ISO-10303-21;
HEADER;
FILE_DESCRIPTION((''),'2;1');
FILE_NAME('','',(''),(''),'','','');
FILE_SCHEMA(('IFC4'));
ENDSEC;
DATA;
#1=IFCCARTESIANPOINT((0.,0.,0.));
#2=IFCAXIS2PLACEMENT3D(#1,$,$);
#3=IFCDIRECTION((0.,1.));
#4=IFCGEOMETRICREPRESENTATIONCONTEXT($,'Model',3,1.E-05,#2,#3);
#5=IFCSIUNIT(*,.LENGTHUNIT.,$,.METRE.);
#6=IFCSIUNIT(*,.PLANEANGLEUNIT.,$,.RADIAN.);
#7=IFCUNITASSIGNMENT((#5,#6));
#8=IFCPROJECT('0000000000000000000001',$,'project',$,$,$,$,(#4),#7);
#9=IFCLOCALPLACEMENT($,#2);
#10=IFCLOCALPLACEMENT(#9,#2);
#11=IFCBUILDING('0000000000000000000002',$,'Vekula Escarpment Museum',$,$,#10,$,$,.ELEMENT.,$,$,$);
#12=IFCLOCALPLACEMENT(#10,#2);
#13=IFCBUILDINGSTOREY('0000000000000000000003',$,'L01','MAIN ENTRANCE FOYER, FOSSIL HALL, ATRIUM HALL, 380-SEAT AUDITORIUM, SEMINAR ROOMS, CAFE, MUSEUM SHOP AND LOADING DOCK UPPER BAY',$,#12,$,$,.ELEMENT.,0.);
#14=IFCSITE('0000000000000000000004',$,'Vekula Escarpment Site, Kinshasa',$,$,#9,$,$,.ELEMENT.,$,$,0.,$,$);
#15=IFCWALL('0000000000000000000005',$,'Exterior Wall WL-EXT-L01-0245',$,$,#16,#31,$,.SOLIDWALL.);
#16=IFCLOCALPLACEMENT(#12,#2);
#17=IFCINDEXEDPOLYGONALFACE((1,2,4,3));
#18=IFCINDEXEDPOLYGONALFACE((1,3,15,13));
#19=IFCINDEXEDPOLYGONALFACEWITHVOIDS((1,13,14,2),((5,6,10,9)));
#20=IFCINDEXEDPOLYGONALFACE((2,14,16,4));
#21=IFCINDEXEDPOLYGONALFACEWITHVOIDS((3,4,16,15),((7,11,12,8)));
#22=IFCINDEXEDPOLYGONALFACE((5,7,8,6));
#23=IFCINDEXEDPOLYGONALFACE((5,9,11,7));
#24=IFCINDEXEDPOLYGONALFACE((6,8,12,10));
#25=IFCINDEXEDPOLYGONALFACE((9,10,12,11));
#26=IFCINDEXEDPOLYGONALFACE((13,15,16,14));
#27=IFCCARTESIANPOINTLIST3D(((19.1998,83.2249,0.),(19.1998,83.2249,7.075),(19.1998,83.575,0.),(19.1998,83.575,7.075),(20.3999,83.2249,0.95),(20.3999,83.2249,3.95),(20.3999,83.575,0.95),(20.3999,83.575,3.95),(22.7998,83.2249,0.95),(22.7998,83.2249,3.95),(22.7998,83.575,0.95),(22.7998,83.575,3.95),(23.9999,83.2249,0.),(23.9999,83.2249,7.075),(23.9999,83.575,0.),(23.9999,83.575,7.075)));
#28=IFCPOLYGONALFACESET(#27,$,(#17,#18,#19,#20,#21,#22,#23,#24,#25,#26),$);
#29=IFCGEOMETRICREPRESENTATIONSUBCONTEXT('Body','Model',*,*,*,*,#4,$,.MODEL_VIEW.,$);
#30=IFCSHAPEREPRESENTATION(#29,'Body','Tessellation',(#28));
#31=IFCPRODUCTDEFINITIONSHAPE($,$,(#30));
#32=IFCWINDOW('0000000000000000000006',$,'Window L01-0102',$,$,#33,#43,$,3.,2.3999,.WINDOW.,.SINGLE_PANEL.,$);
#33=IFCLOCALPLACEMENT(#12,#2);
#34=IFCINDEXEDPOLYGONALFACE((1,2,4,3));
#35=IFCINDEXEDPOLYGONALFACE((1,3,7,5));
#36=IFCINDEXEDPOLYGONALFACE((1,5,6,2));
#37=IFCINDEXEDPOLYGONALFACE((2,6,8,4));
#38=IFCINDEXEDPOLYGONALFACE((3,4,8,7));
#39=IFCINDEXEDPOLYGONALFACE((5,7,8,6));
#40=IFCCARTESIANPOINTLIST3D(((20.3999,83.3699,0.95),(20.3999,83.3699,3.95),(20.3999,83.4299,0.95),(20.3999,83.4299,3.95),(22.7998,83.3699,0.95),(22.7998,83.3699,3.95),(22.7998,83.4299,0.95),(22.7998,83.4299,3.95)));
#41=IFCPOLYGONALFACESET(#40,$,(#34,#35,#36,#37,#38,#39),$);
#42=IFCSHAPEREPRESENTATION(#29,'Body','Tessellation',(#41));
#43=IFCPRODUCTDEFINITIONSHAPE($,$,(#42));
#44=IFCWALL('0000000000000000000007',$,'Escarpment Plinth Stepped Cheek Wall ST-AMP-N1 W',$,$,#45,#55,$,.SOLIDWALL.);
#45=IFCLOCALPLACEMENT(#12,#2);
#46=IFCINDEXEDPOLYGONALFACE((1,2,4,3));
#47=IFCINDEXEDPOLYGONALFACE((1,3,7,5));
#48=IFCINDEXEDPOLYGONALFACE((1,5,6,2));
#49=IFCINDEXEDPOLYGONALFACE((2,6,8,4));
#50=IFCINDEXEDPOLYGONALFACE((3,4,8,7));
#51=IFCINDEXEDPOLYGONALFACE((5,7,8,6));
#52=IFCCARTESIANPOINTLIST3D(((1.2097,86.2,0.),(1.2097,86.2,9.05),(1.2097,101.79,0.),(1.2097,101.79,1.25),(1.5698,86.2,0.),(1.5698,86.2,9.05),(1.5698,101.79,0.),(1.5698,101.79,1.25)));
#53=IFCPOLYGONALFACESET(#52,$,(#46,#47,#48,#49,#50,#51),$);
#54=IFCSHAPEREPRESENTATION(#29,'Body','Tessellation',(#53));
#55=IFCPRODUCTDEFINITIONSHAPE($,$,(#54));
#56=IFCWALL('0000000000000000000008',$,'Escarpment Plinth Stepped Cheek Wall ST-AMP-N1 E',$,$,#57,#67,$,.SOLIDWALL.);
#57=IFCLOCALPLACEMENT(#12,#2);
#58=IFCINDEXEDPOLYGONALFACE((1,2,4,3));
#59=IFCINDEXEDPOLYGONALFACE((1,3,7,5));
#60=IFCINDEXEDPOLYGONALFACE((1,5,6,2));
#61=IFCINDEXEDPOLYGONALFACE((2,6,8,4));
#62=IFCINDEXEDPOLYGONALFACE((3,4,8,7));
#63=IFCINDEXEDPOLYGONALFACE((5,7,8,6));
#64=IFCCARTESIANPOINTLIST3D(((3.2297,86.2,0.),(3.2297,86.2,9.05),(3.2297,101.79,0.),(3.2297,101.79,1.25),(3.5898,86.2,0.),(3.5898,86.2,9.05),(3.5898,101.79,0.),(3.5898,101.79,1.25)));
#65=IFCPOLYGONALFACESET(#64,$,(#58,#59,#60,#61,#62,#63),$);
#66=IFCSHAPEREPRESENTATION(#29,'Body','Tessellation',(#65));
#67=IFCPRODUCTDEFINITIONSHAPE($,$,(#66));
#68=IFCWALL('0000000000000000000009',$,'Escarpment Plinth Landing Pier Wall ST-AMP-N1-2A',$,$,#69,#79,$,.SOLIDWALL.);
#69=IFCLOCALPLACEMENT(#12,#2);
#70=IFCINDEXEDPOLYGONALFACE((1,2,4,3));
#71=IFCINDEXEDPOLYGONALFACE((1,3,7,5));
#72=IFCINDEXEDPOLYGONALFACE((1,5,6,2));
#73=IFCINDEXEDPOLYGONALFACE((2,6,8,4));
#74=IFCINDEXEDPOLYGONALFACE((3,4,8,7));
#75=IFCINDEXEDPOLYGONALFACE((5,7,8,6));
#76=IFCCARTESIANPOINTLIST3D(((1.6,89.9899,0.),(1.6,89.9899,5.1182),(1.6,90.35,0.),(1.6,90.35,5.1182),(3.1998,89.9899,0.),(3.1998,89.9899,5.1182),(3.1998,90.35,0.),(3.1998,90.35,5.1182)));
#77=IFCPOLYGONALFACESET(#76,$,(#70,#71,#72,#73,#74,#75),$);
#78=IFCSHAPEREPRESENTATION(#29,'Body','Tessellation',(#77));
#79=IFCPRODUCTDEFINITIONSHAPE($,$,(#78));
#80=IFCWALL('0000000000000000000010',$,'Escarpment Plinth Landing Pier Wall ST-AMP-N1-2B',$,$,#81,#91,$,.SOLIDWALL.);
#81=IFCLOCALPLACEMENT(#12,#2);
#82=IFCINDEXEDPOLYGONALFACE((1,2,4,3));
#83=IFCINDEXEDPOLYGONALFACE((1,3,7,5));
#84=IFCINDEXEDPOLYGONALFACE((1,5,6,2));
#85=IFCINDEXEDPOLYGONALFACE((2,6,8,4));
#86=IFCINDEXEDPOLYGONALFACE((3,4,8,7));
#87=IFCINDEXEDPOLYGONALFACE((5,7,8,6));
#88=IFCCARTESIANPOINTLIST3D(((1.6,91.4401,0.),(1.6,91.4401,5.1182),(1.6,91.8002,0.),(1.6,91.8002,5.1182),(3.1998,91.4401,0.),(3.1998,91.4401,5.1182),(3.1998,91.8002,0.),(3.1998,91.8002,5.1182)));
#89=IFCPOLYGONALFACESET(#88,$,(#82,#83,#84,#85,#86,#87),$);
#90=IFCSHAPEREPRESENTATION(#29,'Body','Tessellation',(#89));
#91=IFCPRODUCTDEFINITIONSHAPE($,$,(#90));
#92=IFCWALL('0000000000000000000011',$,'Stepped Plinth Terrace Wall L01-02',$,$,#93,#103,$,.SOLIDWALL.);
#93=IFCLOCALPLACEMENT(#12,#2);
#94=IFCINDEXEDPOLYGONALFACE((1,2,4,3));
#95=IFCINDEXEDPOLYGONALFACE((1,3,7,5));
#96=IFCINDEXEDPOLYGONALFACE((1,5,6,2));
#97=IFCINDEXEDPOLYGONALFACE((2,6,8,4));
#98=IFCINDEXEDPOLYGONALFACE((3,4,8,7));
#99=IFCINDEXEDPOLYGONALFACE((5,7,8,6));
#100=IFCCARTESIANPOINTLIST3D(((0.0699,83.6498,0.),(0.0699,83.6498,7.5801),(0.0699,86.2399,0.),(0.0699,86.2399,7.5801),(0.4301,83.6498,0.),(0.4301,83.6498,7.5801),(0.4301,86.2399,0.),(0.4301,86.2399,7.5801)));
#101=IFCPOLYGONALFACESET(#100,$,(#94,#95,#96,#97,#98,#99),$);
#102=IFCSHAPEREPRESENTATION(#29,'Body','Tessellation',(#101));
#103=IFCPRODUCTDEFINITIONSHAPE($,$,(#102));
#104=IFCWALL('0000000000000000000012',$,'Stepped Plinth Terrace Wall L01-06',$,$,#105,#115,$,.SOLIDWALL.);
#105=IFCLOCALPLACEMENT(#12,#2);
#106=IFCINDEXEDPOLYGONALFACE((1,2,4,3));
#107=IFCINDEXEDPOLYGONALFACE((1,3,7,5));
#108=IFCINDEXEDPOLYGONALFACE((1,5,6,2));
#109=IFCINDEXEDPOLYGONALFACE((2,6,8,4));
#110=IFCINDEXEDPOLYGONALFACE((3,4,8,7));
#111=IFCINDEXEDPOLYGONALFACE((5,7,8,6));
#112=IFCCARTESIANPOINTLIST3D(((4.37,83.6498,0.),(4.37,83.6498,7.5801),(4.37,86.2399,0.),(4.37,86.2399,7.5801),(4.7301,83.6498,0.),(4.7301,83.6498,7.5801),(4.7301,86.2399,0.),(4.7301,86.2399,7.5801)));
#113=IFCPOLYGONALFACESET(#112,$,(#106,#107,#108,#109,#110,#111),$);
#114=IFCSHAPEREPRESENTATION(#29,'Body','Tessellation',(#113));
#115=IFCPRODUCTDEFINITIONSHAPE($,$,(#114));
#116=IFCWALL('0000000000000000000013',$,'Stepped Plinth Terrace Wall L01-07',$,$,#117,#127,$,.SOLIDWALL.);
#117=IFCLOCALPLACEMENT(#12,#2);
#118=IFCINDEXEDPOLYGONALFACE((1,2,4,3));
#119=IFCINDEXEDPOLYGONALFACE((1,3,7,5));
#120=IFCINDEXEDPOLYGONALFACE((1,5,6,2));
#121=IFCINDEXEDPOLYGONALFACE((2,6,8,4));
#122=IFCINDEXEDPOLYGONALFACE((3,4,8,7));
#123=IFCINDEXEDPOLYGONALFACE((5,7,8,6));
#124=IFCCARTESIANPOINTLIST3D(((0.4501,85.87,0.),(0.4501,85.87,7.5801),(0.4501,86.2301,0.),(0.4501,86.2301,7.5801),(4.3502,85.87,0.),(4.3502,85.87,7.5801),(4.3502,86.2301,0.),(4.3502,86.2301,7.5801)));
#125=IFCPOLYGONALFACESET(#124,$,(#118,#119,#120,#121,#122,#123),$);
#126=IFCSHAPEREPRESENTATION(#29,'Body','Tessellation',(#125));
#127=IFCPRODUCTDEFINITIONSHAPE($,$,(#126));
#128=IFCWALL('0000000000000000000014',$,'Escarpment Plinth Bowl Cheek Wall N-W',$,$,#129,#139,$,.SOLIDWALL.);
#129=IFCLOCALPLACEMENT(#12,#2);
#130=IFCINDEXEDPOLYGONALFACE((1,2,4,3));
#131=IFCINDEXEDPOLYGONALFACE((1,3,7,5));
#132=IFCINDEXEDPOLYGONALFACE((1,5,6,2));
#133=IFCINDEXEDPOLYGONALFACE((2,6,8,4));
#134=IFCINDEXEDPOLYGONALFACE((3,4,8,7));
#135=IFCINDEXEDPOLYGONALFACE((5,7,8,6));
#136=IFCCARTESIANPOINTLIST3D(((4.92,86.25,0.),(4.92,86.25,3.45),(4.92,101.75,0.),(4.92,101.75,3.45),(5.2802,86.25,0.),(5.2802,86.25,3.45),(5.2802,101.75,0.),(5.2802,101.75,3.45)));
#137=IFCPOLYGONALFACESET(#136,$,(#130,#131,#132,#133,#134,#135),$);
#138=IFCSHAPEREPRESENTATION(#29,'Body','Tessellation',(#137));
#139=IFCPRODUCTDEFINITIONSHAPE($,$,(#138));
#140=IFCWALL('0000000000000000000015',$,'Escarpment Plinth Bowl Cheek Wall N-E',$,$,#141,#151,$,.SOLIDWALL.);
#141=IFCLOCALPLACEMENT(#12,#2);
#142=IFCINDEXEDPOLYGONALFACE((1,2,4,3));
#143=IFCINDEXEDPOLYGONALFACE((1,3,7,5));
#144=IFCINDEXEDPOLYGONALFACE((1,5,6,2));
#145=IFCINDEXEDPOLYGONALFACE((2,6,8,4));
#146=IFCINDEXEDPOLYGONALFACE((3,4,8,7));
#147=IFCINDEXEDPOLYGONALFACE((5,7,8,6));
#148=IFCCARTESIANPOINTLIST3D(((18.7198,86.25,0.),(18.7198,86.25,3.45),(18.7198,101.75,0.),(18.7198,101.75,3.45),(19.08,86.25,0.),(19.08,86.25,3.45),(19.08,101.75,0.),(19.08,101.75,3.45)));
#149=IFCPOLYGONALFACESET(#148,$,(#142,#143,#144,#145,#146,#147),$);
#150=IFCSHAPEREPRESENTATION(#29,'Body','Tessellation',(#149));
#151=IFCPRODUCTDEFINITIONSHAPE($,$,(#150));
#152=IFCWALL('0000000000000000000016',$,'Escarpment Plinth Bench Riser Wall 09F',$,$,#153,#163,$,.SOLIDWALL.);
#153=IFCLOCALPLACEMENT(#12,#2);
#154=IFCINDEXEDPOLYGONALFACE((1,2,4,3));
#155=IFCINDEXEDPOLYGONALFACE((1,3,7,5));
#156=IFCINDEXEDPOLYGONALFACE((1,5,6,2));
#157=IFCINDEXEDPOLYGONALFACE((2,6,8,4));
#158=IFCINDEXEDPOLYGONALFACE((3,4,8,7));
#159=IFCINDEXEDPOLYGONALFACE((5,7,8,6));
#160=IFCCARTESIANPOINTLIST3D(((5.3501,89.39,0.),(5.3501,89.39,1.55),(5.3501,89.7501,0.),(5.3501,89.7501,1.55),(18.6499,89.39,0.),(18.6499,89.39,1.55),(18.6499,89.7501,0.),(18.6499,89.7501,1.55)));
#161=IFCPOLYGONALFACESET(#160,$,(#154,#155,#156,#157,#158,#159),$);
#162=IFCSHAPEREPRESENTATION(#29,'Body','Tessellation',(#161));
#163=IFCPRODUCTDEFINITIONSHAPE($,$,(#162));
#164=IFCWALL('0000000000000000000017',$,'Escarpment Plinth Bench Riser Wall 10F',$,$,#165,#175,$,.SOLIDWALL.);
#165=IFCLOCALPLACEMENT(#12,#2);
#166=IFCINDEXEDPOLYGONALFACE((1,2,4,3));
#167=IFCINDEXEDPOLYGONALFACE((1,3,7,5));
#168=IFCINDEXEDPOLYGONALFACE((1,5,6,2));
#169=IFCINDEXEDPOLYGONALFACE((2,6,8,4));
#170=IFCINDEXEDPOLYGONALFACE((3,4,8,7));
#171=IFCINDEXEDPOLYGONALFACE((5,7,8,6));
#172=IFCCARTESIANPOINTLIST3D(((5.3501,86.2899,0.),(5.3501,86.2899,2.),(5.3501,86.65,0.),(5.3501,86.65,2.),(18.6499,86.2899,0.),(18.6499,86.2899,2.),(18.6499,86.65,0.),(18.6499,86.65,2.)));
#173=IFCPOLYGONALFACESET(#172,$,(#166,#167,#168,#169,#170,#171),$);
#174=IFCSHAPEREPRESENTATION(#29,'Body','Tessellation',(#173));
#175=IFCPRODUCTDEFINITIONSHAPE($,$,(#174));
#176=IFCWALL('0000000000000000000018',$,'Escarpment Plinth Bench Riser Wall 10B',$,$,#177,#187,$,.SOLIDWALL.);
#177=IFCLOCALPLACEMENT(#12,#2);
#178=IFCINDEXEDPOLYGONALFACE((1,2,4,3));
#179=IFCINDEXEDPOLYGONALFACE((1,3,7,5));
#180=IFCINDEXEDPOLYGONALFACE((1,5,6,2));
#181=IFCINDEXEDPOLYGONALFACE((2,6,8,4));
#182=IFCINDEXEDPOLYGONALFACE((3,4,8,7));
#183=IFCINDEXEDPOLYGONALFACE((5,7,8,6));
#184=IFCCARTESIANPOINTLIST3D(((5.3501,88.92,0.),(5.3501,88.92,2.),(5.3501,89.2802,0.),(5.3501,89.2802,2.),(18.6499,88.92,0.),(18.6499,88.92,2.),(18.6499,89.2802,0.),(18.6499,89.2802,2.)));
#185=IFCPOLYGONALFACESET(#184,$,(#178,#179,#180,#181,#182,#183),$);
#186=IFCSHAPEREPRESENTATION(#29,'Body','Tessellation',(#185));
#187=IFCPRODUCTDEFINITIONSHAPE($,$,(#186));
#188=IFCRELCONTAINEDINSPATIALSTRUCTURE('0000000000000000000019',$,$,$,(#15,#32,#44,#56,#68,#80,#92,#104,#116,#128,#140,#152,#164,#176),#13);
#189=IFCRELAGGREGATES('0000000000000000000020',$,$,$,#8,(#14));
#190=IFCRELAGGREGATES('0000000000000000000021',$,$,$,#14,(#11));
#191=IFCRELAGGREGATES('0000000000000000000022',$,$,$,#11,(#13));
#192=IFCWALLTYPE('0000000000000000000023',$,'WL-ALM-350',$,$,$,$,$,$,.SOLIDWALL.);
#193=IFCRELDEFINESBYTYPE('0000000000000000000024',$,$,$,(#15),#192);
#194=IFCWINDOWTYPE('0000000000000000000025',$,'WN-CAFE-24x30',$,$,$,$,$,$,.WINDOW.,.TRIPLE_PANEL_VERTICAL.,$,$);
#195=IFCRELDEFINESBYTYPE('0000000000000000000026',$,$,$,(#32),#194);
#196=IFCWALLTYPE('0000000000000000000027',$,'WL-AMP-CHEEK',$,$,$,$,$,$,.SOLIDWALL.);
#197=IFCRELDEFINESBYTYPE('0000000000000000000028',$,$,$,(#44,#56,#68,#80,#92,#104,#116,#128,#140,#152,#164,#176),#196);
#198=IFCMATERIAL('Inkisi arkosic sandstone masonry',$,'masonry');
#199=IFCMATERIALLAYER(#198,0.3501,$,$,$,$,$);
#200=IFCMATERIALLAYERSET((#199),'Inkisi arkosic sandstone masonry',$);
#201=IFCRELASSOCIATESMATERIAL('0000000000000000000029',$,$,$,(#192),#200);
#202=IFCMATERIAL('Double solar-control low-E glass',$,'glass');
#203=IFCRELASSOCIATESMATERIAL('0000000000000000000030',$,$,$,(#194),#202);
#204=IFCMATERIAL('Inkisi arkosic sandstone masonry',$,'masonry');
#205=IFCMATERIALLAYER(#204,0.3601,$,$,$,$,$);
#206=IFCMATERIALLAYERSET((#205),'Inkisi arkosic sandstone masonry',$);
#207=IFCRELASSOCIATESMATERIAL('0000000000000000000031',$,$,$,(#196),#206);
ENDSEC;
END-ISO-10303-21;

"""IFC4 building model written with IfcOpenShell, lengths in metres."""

from ifc_helpers import new_model, si_unit, direction, frame, frame_2d, origin, place, context, subcontext, project, spatial, polyline, rectangle, outline, extrude, material, layer, layer_set, type_object, element, fill, save


model = new_model("IFC4")

# Units and contexts
model_context = context("Model", 3, precision=1e-05, world=origin(), true_north=direction((0.0, 1.0)))
body_context = subcontext(model_context, "Body", "Model", "MODEL_VIEW")
ifc_project = project(units=[si_unit("LENGTHUNIT", "METRE"), si_unit("PLANEANGLEUNIT", "RADIAN")], contexts=[model_context])

# Site, building, storey
site_placement = place(None, origin())
site = spatial("IfcSite", under=ifc_project, at=site_placement, Name="Vekula Escarpment Site, Kinshasa", CompositionType="ELEMENT", RefElevation=0.0)
building_placement = place(site_placement, origin())
building = spatial("IfcBuilding", under=site, at=building_placement, Name="Vekula Escarpment Museum", CompositionType="ELEMENT")
storey_placement = place(building_placement, origin())
storey = spatial("IfcBuildingStorey", under=building, at=storey_placement, Name="L01", Description="MAIN ENTRANCE FOYER, FOSSIL HALL, ATRIUM HALL, 380-SEAT AUDITORIUM, SEMINAR ROOMS, CAFE, MUSEUM SHOP AND LOADING DOCK UPPER BAY", CompositionType="ELEMENT", Elevation=0.0)

# Wall, opening, window
ifc_material_1 = material(Name="Inkisi arkosic sandstone masonry", Category="masonry")
ifc_layer_1 = layer(ifc_material_1, 0.3501)
ifc_layer_set_1 = layer_set([ifc_layer_1], Name="Inkisi arkosic sandstone masonry")
wall_type_1 = type_object("IfcWallType", Name="WL-ALM-350", PredefinedType="SOLIDWALL", material=ifc_layer_set_1)
wall_1_placement = place(storey_placement, frame((19.2, 83.3999, 0.0), z_axis=(0.0, 0.0, 1.0), x_axis=(1.0, 0.0, 0.0)))
wall_1 = element("IfcWall", 1, at=wall_1_placement, inside=storey, type_object=wall_type_1, Name="Exterior Wall WL-EXT-L01-0245", PredefinedType="SOLIDWALL", context=body_context, shape_type="SweptSolid", body=[
    extrude(rectangle(XDim=4.8, YDim=0.3501, at=frame_2d((2.3999, 0.0))), origin(), (0.0, 0.0, 1.0), 7.075),
])
opening_placement = place(wall_1_placement, frame((1.2, 0.0, 0.95)))
opening = element("IfcOpeningElement", 2, at=opening_placement, cuts=wall_1, PredefinedType="OPENING", context=body_context, shape_type="SweptSolid", body=[
    extrude(rectangle(XDim=2.3999, YDim=3.0, at=frame_2d((1.2, 1.5))), frame((0.0, 0.1851, 0.0), z_axis=(0.0, -1.0, 0.0), x_axis=(1.0, 0.0, 0.0)), (0.0, 0.0, 1.0), 0.3701),
])
ifc_material_2 = material(Name="Double solar-control low-E glass", Category="glass")
window_type = type_object("IfcWindowType", Name="WN-CAFE-24x30", PartitioningType="TRIPLE_PANEL_VERTICAL", PredefinedType="WINDOW", material=ifc_material_2)
window_placement = place(opening_placement, origin())
window = element("IfcWindow", 3, at=window_placement, inside=storey, type_object=window_type, Name="Window L01-0102", OverallHeight=3.0, OverallWidth=2.3999, PartitioningType="SINGLE_PANEL", PredefinedType="WINDOW", context=body_context, shape_type="SweptSolid", body=[
    extrude(rectangle(XDim=2.3999, YDim=3.0, at=frame_2d((1.2, 1.5))), frame((0.0, 0.03, 0.0), z_axis=(0.0, -1.0, 0.0), x_axis=(1.0, 0.0, 0.0)), (0.0, 0.0, 1.0), 0.0601),
])
fill(opening, window)

# Walls
ifc_material_3 = material(Name="Inkisi arkosic sandstone masonry", Category="masonry")
ifc_layer_2 = layer(ifc_material_3, 0.3601)
ifc_layer_set_2 = layer_set([ifc_layer_2], Name="Inkisi arkosic sandstone masonry")
wall_type_2 = type_object("IfcWallType", Name="WL-AMP-CHEEK", PredefinedType="SOLIDWALL", material=ifc_layer_set_2)
for number, where, z_axis, x_axis, name in (
    (4, (1.3899, 86.2, 0.0), (0.0, 0.0, 1.0), (0.0, 1.0, 0.0), "Escarpment Plinth Stepped Cheek Wall ST-AMP-N1 W"),
    (5, (3.4099, 86.2, 0.0), (0.0, 0.0, 1.0), (0.0, 1.0, 0.0), "Escarpment Plinth Stepped Cheek Wall ST-AMP-N1 E"),
):
    element("IfcWall", number, at=place(storey_placement, frame(where, z_axis=z_axis, x_axis=x_axis)), inside=storey, type_object=wall_type_2, Name=name, PredefinedType="SOLIDWALL", context=body_context, shape_type="SweptSolid", body=[
        extrude(outline(polyline([(0.0, 0.0), (15.5901, 0.0), (15.5901, 1.25), (0.0, 9.05), (0.0, 0.0)])), frame((0.0, 0.1802, 0.0), z_axis=(0.0, -1.0, 0.0), x_axis=(1.0, 0.0, 0.0)), (0.0, 0.0, 1.0), 0.3601),
    ])
for number, where, z_axis, x_axis, name in (
    (6, (1.6001, 90.1699, 0.0), (0.0, 0.0, 1.0), (1.0, 0.0, 0.0), "Escarpment Plinth Landing Pier Wall ST-AMP-N1-2A"),
    (7, (1.6001, 91.6201, 0.0), (0.0, 0.0, 1.0), (1.0, 0.0, 0.0), "Escarpment Plinth Landing Pier Wall ST-AMP-N1-2B"),
):
    element("IfcWall", number, at=place(storey_placement, frame(where, z_axis=z_axis, x_axis=x_axis)), inside=storey, type_object=wall_type_2, Name=name, PredefinedType="SOLIDWALL", context=body_context, shape_type="SweptSolid", body=[
        extrude(rectangle(XDim=1.5999, YDim=0.3601, at=frame_2d((0.7998, 0.0))), origin(), (0.0, 0.0, 1.0), 5.1182),
    ])
for number, where, z_axis, x_axis, name in (
    (8, (0.25, 83.6499, 0.0), (0.0, 0.0, 1.0), (0.0, 1.0, 0.0), "Stepped Plinth Terrace Wall L01-02"),
    (9, (4.55, 83.6499, 0.0), (0.0, 0.0, 1.0), (0.0, 1.0, 0.0), "Stepped Plinth Terrace Wall L01-06"),
):
    element("IfcWall", number, at=place(storey_placement, frame(where, z_axis=z_axis, x_axis=x_axis)), inside=storey, type_object=wall_type_2, Name=name, PredefinedType="SOLIDWALL", context=body_context, shape_type="SweptSolid", body=[
        extrude(rectangle(XDim=2.5901, YDim=0.3601, at=frame_2d((1.2949, 0.0))), origin(), (0.0, 0.0, 1.0), 7.5801),
    ])
wall_2_placement = place(storey_placement, frame((0.45, 86.05, 0.0), z_axis=(0.0, 0.0, 1.0), x_axis=(1.0, 0.0, 0.0)))
element("IfcWall", 10, at=wall_2_placement, inside=storey, type_object=wall_type_2, Name="Stepped Plinth Terrace Wall L01-07", PredefinedType="SOLIDWALL", context=body_context, shape_type="SweptSolid", body=[
    extrude(rectangle(XDim=3.9001, YDim=0.3601, at=frame_2d((1.9502, 0.0))), origin(), (0.0, 0.0, 1.0), 7.5801),
])
for number, where, z_axis, x_axis, name in (
    (11, (5.1001, 86.25, 0.0), (0.0, 0.0, 1.0), (0.0, 1.0, 0.0), "Escarpment Plinth Bowl Cheek Wall N-W"),
    (12, (18.8999, 86.25, 0.0), (0.0, 0.0, 1.0), (0.0, 1.0, 0.0), "Escarpment Plinth Bowl Cheek Wall N-E"),
):
    element("IfcWall", number, at=place(storey_placement, frame(where, z_axis=z_axis, x_axis=x_axis)), inside=storey, type_object=wall_type_2, Name=name, PredefinedType="SOLIDWALL", context=body_context, shape_type="SweptSolid", body=[
        extrude(rectangle(XDim=15.5, YDim=0.3601, at=frame_2d((7.75, 0.0))), origin(), (0.0, 0.0, 1.0), 3.45),
    ])
wall_3_placement = place(storey_placement, frame((5.3501, 89.5701, 0.0), z_axis=(0.0, 0.0, 1.0), x_axis=(1.0, 0.0, 0.0)))
element("IfcWall", 13, at=wall_3_placement, inside=storey, type_object=wall_type_2, Name="Escarpment Plinth Bench Riser Wall 09F", PredefinedType="SOLIDWALL", context=body_context, shape_type="SweptSolid", body=[
    extrude(rectangle(XDim=13.2998, YDim=0.3601, at=frame_2d((6.6499, 0.0))), origin(), (0.0, 0.0, 1.0), 1.55),
])
for number, where, z_axis, x_axis, name in (
    (14, (5.3501, 86.47, 0.0), (0.0, 0.0, 1.0), (1.0, 0.0, 0.0), "Escarpment Plinth Bench Riser Wall 10F"),
    (15, (5.3501, 89.1001, 0.0), (0.0, 0.0, 1.0), (1.0, 0.0, 0.0), "Escarpment Plinth Bench Riser Wall 10B"),
):
    element("IfcWall", number, at=place(storey_placement, frame(where, z_axis=z_axis, x_axis=x_axis)), inside=storey, type_object=wall_type_2, Name=name, PredefinedType="SOLIDWALL", context=body_context, shape_type="SweptSolid", body=[
        extrude(rectangle(XDim=13.2998, YDim=0.3601, at=frame_2d((6.6499, 0.0))), origin(), (0.0, 0.0, 1.0), 2.0),
    ])

save(model, "model.ifc")
